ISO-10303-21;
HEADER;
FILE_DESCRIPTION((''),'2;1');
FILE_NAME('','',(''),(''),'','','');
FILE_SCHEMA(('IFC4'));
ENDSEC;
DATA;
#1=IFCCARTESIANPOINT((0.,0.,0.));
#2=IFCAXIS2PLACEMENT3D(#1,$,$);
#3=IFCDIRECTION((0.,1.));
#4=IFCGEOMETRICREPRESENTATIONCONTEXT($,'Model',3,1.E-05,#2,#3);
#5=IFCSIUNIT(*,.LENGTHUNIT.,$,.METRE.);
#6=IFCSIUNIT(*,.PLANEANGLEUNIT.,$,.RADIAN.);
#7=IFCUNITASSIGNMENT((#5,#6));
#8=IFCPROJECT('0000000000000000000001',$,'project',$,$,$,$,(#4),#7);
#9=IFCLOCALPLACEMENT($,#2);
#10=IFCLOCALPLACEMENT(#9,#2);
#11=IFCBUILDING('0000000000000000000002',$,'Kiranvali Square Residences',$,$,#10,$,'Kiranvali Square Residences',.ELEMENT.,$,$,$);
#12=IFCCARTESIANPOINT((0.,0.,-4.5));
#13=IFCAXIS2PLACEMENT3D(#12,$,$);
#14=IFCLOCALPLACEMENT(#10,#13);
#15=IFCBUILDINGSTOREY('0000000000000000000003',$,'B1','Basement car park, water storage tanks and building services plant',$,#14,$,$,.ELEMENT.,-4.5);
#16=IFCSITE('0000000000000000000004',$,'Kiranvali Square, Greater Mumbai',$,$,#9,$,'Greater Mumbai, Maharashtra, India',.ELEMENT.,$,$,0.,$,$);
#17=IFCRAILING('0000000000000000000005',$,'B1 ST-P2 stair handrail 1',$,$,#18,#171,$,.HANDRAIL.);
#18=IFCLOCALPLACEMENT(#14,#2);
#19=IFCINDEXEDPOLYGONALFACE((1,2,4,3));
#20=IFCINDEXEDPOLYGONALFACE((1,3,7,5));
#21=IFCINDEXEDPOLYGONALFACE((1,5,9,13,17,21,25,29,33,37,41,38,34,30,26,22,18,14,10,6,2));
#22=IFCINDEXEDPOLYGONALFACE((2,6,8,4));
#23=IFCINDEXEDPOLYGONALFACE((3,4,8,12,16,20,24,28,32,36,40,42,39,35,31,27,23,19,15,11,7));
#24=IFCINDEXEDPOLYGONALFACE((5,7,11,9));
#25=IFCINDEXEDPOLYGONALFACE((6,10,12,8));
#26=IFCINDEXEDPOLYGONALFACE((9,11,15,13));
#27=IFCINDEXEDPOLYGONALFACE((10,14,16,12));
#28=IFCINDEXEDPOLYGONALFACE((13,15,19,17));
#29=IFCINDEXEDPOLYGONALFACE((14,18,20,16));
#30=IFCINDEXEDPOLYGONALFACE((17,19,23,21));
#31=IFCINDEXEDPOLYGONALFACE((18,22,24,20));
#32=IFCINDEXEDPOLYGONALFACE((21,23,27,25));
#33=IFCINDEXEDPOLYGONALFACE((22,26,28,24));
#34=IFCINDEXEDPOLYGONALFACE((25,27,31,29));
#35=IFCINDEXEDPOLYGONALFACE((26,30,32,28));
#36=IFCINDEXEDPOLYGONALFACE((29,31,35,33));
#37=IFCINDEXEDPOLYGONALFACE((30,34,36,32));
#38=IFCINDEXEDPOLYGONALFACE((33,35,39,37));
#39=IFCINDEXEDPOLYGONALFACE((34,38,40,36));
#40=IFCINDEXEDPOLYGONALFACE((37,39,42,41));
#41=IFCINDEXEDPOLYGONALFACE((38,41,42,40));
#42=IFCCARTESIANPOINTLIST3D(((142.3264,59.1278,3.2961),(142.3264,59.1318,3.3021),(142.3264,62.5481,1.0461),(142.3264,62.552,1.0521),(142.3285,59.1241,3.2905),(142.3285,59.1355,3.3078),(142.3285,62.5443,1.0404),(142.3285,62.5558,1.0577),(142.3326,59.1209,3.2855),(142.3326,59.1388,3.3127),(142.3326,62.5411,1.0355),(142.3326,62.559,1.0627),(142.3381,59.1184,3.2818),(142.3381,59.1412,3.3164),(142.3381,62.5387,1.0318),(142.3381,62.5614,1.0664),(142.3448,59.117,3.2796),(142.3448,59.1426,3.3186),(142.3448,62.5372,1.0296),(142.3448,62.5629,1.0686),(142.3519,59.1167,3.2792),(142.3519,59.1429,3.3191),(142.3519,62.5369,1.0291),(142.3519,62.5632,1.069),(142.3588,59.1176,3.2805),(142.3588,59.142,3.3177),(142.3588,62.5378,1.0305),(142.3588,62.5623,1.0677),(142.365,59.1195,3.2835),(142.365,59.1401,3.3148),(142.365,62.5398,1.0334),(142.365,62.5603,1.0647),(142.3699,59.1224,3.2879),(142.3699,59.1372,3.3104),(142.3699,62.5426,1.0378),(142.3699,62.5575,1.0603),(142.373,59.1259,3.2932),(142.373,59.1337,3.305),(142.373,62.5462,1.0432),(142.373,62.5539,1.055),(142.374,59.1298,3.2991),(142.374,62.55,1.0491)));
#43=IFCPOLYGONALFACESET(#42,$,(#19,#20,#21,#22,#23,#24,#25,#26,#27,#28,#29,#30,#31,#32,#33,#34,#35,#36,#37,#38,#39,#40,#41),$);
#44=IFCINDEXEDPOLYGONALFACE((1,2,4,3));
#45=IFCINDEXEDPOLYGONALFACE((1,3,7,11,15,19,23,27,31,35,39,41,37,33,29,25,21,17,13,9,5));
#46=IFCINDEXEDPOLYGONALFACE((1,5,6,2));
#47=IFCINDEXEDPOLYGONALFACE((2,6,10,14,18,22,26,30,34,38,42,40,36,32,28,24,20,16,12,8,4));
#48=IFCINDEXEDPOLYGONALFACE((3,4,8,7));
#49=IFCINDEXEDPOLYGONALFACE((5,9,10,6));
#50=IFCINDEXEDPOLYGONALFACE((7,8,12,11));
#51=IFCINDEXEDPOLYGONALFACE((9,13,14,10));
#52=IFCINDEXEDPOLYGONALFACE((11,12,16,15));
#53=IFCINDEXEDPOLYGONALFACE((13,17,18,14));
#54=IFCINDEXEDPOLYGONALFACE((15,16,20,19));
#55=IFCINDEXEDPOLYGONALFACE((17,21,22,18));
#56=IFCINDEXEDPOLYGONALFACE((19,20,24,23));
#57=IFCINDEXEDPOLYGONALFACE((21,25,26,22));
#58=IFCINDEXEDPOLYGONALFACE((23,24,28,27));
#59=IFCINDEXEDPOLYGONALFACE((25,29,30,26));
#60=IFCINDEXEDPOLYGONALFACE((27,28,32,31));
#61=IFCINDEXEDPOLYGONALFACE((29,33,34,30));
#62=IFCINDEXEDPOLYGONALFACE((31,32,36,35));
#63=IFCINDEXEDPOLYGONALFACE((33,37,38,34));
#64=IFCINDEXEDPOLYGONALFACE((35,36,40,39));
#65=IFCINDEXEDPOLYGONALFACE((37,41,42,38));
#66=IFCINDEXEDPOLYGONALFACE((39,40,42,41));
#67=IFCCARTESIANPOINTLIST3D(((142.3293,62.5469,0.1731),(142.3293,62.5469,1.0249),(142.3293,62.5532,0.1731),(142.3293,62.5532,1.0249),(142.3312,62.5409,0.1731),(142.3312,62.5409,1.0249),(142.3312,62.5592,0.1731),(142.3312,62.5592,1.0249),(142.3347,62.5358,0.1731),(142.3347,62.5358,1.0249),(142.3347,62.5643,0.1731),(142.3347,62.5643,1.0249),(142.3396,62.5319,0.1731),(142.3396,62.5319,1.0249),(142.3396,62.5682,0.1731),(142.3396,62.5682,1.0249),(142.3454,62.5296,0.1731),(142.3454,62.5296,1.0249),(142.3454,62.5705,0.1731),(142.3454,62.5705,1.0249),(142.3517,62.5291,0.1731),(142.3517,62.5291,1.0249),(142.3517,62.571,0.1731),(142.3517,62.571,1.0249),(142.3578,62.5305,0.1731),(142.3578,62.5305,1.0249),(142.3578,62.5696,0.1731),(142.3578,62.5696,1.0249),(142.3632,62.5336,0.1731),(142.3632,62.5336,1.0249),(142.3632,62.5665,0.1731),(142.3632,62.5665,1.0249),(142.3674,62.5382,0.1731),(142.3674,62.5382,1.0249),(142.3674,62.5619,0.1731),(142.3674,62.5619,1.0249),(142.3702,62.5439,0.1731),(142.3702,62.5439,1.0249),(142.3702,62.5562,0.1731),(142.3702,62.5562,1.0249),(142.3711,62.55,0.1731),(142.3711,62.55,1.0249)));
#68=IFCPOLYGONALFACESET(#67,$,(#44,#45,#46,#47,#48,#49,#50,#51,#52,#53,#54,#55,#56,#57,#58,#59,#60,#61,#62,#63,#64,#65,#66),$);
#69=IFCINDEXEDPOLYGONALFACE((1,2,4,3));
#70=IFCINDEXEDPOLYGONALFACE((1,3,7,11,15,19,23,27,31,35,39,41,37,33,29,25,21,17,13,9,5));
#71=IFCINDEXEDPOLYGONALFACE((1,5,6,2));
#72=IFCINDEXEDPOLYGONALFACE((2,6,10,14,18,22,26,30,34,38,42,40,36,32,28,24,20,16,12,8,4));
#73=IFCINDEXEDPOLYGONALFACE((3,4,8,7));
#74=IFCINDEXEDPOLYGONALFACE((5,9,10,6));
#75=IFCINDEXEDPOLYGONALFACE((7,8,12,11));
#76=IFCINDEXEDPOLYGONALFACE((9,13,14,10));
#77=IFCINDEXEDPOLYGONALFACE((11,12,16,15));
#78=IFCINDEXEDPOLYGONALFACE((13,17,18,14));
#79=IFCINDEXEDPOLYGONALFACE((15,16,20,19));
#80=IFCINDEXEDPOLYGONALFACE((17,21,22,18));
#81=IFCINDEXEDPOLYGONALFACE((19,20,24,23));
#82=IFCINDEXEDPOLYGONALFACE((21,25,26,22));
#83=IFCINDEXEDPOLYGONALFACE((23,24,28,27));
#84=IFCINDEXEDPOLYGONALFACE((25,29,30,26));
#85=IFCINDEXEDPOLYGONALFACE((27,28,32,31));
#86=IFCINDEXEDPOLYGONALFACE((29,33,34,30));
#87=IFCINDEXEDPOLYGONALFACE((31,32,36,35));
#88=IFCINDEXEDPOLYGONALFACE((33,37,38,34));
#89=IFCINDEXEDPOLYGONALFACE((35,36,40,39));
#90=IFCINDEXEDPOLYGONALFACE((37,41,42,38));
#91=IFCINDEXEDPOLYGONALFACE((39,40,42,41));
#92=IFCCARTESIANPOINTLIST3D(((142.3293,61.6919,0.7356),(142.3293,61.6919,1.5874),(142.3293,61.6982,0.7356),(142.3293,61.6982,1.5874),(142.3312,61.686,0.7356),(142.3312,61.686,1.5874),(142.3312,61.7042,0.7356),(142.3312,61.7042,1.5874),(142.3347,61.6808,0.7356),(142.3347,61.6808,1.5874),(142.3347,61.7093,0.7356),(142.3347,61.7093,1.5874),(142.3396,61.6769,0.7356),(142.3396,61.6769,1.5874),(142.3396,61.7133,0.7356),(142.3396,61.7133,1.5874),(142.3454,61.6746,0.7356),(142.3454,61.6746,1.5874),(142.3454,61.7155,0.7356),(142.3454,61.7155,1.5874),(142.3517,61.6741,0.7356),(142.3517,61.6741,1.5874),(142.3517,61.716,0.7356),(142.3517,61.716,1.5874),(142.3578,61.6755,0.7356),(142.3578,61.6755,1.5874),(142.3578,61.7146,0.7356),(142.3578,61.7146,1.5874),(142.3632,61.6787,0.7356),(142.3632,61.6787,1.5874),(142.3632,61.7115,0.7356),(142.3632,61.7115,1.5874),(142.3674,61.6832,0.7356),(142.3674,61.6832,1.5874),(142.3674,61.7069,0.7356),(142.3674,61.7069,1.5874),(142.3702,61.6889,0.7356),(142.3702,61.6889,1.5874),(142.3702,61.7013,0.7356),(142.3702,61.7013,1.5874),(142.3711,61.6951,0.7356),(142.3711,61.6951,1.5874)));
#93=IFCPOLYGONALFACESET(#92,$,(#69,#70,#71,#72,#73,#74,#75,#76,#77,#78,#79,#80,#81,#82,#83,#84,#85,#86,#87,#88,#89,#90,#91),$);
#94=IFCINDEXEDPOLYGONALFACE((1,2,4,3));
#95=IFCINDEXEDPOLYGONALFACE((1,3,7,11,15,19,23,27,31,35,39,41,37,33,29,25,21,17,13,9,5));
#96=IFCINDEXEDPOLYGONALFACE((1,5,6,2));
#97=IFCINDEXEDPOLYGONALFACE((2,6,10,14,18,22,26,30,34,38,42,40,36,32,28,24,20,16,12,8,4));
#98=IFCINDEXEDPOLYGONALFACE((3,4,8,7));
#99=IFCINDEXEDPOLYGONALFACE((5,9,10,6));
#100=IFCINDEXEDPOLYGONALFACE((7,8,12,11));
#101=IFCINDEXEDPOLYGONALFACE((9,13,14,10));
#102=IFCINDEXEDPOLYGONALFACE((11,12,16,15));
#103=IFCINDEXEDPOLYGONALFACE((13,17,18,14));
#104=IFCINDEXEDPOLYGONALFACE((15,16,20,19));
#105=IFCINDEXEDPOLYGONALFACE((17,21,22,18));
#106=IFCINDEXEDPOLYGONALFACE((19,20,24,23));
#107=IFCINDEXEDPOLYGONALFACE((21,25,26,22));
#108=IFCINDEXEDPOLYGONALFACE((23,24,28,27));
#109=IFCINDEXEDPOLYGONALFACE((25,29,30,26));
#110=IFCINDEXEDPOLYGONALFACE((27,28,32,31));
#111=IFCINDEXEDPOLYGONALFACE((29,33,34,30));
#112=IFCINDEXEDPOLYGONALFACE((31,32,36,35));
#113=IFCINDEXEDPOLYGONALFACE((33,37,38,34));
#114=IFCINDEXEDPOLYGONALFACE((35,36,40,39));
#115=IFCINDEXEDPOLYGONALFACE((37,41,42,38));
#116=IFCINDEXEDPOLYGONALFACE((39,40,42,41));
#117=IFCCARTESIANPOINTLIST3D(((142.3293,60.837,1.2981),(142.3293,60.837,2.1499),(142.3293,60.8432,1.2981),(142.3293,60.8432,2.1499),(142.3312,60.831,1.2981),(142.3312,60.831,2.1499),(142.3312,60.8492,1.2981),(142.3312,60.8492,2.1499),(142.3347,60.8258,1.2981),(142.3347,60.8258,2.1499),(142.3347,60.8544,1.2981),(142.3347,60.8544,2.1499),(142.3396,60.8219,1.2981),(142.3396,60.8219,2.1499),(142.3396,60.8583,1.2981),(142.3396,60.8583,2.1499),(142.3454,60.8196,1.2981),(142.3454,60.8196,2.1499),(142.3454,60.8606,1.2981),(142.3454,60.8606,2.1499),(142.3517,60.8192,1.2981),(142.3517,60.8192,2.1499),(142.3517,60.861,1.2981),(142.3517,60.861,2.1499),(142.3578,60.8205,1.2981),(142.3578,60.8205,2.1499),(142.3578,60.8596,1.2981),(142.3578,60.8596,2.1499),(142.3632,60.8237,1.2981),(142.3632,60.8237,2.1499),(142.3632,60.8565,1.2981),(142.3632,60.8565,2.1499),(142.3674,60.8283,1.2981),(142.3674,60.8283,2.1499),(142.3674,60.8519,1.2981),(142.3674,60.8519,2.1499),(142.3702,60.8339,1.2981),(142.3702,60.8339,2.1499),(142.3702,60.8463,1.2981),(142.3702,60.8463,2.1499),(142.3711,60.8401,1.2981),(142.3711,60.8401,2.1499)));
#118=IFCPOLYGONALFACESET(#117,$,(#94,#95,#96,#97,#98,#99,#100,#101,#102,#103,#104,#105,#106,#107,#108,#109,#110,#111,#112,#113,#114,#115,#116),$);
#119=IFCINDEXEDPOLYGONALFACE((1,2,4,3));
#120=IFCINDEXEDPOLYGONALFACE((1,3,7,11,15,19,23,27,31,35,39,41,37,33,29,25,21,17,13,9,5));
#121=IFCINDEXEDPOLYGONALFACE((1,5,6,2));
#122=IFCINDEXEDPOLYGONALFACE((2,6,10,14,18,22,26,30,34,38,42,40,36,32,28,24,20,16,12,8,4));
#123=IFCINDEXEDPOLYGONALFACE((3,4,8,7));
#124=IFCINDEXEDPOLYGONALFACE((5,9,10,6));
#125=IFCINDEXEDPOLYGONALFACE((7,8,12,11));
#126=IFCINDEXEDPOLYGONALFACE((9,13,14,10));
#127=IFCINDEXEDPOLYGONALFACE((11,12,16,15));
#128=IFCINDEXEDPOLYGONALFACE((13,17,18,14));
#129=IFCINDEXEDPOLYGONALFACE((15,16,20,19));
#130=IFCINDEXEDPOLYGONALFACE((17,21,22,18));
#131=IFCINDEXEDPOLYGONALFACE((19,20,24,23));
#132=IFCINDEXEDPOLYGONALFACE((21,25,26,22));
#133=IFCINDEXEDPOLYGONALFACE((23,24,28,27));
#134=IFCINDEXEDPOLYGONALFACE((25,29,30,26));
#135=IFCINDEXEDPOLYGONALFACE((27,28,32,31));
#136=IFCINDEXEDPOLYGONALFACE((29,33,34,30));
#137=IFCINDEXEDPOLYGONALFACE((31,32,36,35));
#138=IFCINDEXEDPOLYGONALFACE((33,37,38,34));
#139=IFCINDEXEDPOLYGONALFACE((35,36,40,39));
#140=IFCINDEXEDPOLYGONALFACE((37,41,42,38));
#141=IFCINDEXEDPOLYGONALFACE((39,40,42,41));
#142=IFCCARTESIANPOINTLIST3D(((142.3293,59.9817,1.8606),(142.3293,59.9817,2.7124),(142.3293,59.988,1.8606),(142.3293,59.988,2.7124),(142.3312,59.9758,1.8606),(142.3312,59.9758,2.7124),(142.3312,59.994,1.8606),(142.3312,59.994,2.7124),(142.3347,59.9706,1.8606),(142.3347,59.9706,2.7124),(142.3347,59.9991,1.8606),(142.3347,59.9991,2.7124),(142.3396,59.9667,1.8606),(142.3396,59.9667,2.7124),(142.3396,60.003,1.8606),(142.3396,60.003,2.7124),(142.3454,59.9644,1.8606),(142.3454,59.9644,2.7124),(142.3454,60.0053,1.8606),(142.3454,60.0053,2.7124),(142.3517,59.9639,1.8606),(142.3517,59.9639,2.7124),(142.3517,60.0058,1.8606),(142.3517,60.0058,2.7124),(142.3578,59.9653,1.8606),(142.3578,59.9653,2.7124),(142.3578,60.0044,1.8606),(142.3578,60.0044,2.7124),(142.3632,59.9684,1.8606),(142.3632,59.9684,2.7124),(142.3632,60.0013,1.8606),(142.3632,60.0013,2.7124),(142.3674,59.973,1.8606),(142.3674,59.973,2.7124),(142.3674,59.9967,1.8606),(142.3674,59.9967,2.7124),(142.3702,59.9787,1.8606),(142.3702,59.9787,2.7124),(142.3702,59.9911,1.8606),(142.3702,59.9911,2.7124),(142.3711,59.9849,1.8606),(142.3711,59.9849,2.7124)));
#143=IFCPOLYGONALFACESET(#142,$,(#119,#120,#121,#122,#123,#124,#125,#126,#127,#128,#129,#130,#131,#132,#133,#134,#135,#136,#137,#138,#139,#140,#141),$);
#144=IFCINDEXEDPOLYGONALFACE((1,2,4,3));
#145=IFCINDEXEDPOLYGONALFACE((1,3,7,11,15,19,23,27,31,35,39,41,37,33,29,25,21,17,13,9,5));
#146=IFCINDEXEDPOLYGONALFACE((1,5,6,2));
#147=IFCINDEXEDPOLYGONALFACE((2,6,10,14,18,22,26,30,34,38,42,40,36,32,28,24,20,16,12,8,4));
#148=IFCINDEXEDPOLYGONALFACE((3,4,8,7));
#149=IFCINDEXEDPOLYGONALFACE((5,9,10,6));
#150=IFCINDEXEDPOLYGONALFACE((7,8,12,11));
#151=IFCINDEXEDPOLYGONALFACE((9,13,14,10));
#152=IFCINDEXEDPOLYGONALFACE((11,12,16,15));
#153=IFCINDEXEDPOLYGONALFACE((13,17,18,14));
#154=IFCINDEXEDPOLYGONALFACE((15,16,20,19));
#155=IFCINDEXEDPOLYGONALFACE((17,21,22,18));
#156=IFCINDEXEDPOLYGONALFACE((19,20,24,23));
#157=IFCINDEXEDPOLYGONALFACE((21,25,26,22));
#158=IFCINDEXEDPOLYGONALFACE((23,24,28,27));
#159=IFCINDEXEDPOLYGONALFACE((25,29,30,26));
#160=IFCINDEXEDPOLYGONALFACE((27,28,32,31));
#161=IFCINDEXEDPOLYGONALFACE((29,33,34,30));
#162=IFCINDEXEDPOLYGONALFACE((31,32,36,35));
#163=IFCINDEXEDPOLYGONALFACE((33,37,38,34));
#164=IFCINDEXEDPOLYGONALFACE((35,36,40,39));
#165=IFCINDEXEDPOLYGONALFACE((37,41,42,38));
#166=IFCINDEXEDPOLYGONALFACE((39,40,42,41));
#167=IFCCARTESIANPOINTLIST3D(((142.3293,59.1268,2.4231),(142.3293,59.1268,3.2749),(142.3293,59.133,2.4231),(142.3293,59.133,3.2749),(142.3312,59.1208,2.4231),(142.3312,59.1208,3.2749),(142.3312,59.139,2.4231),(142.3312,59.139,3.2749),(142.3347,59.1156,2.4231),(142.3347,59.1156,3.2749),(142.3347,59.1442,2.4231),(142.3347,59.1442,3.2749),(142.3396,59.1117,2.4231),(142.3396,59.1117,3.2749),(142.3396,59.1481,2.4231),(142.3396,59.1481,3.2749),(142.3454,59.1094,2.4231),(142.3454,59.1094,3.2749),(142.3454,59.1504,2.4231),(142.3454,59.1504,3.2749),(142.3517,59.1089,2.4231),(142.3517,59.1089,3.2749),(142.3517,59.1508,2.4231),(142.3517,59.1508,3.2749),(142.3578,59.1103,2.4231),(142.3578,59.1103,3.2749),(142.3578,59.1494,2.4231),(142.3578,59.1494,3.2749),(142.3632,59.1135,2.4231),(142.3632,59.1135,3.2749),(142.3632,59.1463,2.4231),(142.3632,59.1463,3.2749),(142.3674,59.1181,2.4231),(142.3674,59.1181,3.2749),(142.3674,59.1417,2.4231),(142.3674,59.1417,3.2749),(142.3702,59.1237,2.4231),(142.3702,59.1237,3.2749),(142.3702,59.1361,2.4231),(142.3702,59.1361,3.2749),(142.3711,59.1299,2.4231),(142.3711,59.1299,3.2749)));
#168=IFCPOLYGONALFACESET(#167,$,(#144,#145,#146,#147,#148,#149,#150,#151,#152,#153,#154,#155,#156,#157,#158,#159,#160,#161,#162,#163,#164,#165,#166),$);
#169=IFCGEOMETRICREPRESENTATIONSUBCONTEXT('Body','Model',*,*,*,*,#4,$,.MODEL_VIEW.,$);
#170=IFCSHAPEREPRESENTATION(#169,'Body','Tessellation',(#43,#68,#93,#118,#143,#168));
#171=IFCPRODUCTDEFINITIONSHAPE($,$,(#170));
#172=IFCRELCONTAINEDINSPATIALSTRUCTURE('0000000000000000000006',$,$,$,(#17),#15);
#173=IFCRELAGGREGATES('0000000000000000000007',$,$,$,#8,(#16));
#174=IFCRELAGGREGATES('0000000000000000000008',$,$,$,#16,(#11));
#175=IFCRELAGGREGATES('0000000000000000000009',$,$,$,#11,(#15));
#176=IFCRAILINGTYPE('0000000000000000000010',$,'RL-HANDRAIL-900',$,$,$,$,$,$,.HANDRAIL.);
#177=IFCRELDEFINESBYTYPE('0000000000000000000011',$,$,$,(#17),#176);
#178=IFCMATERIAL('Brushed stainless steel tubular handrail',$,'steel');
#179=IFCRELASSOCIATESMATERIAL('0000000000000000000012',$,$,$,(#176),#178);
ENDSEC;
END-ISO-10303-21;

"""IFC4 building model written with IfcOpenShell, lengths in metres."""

from ifc_helpers import new_model, si_unit, direction, frame, origin, origin_2d, place, context, subcontext, project, spatial, circle, extrude, material, type_object, element, save


model = new_model("IFC4")

# Units and contexts
model_context = context("Model", 3, precision=1e-05, world=origin(), true_north=direction((0.0, 1.0)))
body_context = subcontext(model_context, "Body", "Model", "MODEL_VIEW")
ifc_project = project(units=[si_unit("LENGTHUNIT", "METRE"), si_unit("PLANEANGLEUNIT", "RADIAN")], contexts=[model_context])

# Site, building, storey
site_placement = place(None, origin())
site = spatial("IfcSite", under=ifc_project, at=site_placement, Name="Kiranvali Square, Greater Mumbai", LongName="Greater Mumbai, Maharashtra, India", CompositionType="ELEMENT", RefElevation=0.0)
building_placement = place(site_placement, origin())
building = spatial("IfcBuilding", under=site, at=building_placement, Name="Kiranvali Square Residences", LongName="Kiranvali Square Residences", CompositionType="ELEMENT")
storey_placement = place(building_placement, frame((0.0, 0.0, -4.5)))
storey = spatial("IfcBuildingStorey", under=building, at=storey_placement, Name="B1", Description="Basement car park, water storage tanks and building services plant", CompositionType="ELEMENT", Elevation=-4.5)

# Railing
ifc_material_1 = material(Name="Brushed stainless steel tubular handrail", Category="steel")
railing_type_1 = type_object("IfcRailingType", Name="RL-HANDRAIL-900", PredefinedType="HANDRAIL", material=ifc_material_1)
railing_1_placement = place(storey_placement, frame((142.3501, 62.55, 0.1731)))
element("IfcRailing", 1, at=railing_1_placement, inside=storey, type_object=railing_type_1, Name="B1 ST-P2 stair handrail 1", PredefinedType="HANDRAIL", context=body_context, shape_type="SweptSolid", body=[
    extrude(circle(Radius=0.0239, at=origin_2d()), frame((0.0, 0.0, 0.876), z_axis=(0.0, -0.835429, 0.549598), x_axis=(1.0, 0.0, 0.0)), (0.0, 0.0, 1.0), 4.094),
    extrude(circle(Radius=0.021, at=origin_2d()), origin(), (0.0, 0.0, 1.0), 0.8518),
    extrude(circle(Radius=0.021, at=origin_2d()), frame((0.0, -0.855, 0.5625)), (0.0, 0.0, 1.0), 0.8518),
    extrude(circle(Radius=0.021, at=origin_2d()), frame((0.0, -1.71, 1.125)), (0.0, 0.0, 1.0), 0.8518),
    extrude(circle(Radius=0.021, at=origin_2d()), frame((0.0, -2.5652, 1.6875)), (0.0, 0.0, 1.0), 0.8518),
    extrude(circle(Radius=0.021, at=origin_2d()), frame((0.0, -3.4202, 2.25)), (0.0, 0.0, 1.0), 0.8518),
])

save(model, "model.ifc")
